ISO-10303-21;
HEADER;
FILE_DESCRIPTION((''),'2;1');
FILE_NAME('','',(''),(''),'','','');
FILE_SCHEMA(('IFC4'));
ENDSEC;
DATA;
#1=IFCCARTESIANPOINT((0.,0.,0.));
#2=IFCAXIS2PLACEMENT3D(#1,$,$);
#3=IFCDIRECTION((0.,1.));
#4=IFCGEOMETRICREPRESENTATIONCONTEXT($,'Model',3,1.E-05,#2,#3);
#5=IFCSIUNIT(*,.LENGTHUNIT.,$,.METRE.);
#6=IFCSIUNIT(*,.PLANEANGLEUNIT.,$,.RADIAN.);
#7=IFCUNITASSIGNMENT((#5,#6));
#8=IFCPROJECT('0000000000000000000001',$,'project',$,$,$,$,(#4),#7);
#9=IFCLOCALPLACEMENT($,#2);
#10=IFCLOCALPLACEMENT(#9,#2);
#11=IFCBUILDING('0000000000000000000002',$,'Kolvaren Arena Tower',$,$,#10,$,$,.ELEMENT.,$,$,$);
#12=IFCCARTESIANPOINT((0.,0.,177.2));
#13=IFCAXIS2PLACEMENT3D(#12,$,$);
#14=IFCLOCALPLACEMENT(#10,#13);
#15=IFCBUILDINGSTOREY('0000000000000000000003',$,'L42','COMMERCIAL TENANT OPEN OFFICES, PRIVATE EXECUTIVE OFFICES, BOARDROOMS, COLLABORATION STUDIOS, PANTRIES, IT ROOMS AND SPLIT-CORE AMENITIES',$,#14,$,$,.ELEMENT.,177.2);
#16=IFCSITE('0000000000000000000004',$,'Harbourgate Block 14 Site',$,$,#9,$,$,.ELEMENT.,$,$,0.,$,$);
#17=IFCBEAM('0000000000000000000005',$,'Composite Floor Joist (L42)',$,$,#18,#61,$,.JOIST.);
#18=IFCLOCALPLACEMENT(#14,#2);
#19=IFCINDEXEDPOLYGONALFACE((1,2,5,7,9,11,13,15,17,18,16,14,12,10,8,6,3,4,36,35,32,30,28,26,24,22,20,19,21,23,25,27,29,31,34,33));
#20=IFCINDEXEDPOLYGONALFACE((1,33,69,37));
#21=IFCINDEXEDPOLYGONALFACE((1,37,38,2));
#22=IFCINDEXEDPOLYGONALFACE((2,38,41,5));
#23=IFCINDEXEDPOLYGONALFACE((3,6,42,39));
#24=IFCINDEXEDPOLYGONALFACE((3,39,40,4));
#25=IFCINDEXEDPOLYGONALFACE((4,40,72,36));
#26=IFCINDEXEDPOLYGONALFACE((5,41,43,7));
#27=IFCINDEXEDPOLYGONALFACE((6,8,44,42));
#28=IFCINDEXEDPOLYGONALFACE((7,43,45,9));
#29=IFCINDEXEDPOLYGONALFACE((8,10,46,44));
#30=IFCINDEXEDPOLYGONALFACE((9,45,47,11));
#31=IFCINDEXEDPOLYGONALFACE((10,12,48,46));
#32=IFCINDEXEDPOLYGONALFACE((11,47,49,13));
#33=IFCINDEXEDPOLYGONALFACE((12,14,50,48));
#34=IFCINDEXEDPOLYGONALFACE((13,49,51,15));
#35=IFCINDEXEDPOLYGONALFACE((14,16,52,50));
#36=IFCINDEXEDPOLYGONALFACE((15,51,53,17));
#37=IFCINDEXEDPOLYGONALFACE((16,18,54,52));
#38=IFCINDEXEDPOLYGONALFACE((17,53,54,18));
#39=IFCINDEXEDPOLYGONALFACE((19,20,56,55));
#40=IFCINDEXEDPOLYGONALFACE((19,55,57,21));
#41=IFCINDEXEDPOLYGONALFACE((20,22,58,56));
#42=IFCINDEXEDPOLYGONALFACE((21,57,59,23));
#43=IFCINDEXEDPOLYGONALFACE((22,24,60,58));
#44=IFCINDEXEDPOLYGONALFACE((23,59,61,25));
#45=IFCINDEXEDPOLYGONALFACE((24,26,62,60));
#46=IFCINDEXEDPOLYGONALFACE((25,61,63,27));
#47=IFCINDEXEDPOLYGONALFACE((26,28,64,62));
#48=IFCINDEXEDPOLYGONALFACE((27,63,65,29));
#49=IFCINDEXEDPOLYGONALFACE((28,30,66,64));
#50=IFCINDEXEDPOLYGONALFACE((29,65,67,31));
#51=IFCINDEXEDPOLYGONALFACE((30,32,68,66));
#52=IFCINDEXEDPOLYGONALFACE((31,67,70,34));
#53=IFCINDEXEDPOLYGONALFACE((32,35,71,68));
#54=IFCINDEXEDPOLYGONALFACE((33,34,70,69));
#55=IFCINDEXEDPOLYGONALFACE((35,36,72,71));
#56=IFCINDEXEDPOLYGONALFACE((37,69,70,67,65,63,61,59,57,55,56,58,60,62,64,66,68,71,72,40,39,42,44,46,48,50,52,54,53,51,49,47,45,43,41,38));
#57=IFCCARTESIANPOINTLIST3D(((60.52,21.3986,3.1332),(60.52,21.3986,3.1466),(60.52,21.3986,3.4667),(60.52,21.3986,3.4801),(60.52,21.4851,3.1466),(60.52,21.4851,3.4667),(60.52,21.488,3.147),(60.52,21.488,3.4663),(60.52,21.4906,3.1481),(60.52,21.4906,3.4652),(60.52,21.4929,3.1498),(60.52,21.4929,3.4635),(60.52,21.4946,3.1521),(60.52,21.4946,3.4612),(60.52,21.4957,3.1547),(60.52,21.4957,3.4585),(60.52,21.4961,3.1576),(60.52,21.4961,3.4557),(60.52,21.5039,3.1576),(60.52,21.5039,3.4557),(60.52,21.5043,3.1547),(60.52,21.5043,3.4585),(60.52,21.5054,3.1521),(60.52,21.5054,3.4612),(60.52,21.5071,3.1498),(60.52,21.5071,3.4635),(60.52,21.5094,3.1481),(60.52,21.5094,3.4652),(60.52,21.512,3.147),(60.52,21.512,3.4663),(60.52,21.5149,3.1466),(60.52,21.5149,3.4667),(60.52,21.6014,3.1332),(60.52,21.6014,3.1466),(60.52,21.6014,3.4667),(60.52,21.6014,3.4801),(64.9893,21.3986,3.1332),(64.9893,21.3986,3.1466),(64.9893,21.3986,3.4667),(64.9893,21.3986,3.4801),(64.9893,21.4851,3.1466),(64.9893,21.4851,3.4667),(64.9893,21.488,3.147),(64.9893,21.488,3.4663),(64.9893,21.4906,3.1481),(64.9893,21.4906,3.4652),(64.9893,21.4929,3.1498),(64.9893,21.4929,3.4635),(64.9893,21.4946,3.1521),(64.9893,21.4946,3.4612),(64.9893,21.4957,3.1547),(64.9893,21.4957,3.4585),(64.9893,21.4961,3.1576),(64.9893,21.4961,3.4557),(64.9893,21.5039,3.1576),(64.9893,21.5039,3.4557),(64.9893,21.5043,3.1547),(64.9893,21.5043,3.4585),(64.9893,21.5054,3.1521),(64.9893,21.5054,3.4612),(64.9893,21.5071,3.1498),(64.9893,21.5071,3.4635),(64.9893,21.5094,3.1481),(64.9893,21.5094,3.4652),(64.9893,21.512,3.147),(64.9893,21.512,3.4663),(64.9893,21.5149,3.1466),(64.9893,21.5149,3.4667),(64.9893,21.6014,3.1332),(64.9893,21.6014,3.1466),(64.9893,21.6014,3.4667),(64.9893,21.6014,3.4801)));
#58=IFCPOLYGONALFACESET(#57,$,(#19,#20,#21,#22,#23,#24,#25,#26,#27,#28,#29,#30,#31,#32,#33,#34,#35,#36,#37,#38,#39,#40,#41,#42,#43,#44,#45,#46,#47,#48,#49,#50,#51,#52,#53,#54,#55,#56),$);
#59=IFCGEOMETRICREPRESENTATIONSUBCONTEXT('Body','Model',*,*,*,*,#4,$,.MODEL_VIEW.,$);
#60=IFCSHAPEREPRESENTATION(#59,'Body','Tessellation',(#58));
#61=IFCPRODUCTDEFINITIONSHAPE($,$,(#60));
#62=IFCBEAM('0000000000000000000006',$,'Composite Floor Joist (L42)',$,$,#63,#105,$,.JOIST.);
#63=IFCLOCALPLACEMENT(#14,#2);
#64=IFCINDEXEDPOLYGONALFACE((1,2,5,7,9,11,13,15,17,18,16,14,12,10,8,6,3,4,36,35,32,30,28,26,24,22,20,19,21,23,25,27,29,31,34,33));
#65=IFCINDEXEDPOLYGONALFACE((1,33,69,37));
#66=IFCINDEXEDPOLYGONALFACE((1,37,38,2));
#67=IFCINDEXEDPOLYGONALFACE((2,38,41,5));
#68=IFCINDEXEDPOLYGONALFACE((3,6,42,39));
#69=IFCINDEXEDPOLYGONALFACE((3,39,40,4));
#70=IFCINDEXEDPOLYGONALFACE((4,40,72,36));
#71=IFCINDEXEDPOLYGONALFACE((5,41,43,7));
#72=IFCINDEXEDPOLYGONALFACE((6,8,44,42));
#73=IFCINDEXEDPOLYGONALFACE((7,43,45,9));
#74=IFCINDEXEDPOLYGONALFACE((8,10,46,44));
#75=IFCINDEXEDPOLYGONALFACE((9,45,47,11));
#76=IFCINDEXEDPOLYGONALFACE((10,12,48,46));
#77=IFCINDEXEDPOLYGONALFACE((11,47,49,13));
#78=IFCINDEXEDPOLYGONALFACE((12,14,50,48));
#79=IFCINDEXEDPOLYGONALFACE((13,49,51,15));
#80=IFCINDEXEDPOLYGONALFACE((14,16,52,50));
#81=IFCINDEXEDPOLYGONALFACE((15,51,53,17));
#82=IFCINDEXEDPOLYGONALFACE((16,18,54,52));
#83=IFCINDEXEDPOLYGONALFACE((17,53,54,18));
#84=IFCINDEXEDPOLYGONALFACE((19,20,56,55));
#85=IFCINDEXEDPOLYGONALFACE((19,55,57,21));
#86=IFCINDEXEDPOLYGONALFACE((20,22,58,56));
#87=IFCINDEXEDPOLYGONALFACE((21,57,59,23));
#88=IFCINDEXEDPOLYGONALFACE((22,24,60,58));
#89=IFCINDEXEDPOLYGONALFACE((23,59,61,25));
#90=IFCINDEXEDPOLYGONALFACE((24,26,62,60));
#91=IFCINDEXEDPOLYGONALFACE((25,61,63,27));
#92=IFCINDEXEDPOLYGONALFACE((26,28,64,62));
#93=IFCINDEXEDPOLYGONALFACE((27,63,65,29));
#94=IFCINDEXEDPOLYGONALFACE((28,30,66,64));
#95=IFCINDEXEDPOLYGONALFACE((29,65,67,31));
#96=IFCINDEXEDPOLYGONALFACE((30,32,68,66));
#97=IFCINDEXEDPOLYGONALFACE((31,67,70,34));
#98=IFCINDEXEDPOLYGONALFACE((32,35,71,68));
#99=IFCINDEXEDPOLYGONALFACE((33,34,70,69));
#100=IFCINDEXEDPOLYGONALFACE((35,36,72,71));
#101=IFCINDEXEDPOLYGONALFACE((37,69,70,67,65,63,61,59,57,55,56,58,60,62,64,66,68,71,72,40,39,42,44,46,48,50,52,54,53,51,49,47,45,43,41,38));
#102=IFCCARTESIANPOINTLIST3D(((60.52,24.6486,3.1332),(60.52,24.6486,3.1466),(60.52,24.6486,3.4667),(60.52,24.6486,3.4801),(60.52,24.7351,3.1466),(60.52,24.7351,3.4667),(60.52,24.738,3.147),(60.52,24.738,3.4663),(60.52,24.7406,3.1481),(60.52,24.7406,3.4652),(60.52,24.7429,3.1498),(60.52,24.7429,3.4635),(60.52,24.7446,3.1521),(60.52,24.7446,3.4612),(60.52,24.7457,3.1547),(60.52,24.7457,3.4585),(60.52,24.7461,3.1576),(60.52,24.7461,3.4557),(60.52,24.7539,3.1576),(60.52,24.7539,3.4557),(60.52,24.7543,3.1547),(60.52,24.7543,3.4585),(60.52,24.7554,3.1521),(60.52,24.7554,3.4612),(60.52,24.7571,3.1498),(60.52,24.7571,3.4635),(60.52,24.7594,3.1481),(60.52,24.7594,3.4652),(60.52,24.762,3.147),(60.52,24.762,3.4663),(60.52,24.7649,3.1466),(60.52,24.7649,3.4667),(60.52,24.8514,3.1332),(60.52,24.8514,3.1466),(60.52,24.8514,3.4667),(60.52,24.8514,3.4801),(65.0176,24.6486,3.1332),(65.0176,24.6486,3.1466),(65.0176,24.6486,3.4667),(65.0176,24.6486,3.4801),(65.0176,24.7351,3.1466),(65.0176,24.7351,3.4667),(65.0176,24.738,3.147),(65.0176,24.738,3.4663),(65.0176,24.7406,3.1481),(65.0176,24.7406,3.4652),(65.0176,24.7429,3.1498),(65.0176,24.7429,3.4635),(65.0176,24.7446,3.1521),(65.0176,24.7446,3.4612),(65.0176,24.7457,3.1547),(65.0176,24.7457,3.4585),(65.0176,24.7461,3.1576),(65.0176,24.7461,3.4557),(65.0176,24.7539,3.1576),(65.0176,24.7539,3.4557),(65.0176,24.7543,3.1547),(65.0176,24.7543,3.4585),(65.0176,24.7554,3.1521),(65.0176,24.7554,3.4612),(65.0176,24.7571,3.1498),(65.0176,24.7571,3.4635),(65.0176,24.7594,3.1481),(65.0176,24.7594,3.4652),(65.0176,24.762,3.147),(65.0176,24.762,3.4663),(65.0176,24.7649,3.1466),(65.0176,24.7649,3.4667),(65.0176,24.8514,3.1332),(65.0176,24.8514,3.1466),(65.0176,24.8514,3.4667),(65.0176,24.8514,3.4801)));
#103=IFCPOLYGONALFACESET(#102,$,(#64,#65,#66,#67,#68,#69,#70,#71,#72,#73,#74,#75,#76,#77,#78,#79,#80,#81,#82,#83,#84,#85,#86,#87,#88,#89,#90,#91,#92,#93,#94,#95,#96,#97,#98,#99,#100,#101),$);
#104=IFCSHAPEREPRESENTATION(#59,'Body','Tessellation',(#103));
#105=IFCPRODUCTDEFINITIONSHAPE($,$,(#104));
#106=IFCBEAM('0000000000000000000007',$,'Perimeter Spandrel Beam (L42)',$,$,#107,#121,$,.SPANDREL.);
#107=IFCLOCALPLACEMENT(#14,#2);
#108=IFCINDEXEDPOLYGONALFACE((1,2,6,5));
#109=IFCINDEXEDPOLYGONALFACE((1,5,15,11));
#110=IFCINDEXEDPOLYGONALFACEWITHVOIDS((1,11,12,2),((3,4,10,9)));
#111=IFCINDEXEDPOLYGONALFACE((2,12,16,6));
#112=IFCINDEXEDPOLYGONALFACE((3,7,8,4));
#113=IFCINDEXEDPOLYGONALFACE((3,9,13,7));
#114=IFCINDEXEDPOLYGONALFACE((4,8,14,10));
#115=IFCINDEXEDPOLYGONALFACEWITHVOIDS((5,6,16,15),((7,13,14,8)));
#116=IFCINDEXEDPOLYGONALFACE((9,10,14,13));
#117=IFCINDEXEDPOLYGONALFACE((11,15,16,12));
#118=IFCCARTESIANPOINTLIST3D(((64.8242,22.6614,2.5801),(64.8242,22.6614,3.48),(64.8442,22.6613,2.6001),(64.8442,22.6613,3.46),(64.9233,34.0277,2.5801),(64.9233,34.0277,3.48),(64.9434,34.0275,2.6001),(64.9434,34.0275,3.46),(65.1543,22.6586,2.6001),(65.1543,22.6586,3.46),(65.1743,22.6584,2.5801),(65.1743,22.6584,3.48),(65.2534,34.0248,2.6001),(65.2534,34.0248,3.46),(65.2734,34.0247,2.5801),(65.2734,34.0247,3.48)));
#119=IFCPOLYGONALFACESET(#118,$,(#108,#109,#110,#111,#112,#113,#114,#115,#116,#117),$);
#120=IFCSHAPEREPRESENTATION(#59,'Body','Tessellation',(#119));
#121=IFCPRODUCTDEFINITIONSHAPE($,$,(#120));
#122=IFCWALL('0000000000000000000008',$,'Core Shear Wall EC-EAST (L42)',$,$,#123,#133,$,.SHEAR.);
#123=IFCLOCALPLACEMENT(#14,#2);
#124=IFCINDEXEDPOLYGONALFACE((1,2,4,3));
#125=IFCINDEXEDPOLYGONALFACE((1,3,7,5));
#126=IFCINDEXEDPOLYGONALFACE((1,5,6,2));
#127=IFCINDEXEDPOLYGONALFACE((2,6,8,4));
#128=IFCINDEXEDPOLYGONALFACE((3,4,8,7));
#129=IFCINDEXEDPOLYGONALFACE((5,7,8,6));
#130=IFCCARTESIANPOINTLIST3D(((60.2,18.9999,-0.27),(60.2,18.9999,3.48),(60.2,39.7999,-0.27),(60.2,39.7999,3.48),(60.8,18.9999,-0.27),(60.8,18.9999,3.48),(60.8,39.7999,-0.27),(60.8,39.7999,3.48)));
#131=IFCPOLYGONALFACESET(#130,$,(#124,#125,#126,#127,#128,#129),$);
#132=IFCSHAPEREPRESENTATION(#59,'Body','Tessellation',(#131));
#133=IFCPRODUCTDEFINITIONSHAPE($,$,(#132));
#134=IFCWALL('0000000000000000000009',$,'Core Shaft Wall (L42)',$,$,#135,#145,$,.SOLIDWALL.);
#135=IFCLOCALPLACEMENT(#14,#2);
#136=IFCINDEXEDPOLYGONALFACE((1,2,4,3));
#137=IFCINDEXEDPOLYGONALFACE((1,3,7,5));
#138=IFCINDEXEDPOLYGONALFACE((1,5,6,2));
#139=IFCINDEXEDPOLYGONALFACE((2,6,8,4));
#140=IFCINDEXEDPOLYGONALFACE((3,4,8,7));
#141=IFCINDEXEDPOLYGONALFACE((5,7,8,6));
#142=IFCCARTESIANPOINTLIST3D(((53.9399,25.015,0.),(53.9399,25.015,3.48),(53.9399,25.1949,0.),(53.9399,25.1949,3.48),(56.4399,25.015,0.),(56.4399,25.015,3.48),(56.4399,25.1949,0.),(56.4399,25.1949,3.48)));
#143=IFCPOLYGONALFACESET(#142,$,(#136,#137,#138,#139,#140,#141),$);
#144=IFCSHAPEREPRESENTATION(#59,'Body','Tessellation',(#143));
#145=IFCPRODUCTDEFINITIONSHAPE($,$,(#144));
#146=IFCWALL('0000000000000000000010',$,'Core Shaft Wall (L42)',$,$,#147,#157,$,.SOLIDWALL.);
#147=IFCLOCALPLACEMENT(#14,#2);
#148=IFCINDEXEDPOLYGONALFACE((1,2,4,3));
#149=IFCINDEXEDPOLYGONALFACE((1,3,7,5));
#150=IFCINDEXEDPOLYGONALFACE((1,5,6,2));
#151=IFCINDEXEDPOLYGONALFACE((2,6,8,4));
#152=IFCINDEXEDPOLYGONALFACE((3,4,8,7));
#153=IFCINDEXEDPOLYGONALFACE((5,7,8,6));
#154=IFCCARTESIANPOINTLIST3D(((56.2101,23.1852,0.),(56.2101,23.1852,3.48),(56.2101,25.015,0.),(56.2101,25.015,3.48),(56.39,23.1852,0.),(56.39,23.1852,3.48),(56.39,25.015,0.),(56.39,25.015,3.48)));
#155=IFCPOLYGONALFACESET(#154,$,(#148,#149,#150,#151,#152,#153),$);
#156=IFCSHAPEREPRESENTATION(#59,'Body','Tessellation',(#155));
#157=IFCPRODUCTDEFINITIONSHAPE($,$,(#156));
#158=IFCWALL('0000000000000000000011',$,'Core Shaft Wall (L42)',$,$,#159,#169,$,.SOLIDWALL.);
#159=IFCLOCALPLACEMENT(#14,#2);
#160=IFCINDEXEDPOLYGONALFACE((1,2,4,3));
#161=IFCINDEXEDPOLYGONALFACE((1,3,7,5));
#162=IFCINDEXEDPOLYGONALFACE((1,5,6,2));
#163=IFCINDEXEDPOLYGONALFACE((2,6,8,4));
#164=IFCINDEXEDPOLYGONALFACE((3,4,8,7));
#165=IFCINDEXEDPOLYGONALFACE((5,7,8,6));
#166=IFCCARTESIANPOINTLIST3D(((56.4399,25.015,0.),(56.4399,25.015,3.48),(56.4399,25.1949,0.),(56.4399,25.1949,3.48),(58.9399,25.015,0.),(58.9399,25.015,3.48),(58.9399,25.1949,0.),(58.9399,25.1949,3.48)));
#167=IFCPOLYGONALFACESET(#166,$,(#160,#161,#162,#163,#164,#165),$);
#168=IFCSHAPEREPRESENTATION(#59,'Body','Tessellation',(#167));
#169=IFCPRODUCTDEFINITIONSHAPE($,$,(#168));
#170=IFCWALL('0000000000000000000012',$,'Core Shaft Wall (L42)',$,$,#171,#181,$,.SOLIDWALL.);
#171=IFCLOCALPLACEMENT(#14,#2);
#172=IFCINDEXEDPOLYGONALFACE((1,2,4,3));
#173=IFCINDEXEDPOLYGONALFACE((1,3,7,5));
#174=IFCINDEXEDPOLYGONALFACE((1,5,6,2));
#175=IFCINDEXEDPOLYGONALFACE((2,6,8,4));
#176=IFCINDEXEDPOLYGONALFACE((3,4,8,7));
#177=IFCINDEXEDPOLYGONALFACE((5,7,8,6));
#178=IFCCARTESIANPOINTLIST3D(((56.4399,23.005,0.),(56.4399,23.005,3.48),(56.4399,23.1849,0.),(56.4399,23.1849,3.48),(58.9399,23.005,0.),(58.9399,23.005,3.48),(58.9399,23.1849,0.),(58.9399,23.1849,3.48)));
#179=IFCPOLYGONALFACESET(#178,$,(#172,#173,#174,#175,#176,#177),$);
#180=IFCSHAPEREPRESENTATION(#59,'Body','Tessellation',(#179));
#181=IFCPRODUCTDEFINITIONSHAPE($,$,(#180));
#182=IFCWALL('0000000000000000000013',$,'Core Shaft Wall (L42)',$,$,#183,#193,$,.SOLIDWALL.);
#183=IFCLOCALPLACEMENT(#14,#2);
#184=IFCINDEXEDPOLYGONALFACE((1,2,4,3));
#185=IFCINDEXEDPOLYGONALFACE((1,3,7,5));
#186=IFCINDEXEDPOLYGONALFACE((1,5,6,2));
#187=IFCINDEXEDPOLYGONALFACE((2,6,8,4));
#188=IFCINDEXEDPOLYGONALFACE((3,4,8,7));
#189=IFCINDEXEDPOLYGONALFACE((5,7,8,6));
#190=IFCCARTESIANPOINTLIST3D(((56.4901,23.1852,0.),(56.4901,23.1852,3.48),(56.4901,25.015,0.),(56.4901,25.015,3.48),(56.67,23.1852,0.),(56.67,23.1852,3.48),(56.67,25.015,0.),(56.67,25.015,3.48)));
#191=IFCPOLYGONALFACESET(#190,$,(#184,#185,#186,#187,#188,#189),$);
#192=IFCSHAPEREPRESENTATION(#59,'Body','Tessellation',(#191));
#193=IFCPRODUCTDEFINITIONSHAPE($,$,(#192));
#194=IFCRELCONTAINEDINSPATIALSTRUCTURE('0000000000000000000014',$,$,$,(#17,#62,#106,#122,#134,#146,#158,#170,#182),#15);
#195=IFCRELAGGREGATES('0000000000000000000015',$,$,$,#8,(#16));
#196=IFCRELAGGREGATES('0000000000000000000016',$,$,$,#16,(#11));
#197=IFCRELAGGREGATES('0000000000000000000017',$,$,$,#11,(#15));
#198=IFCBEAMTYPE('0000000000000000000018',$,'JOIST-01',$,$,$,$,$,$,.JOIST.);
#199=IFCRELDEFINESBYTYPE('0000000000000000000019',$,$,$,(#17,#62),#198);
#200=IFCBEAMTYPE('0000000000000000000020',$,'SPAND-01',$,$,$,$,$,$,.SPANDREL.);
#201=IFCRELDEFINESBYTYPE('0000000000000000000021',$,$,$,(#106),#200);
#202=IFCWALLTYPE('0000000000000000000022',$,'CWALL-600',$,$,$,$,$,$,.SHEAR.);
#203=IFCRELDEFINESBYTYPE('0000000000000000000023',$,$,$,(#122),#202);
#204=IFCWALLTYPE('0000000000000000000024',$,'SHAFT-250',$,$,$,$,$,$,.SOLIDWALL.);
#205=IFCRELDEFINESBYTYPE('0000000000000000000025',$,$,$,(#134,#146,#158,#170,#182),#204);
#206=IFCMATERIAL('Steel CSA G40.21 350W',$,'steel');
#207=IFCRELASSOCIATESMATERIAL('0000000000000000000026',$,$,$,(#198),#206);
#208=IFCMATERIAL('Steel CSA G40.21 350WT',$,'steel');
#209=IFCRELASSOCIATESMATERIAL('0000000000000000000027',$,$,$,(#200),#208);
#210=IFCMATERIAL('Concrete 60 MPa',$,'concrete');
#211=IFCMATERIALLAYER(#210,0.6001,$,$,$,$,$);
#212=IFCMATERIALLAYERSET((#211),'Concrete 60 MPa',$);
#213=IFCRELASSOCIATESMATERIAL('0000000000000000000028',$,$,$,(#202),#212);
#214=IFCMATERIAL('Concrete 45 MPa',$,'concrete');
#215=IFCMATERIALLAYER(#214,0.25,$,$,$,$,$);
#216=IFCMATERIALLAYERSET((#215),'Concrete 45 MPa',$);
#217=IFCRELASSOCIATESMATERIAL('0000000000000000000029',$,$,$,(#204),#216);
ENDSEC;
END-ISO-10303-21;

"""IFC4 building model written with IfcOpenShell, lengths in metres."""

from ifc_helpers import new_model, si_unit, direction, frame, frame_2d, origin, origin_2d, place, context, subcontext, project, spatial, rectangle, hollow_rectangle, i_section, extrude, material, layer, layer_set, material_profile, profile_set, type_object, element, save


model = new_model("IFC4")

# Units and contexts
model_context = context("Model", 3, precision=1e-05, world=origin(), true_north=direction((0.0, 1.0)))
body_context = subcontext(model_context, "Body", "Model", "MODEL_VIEW")
ifc_project = project(units=[si_unit("LENGTHUNIT", "METRE"), si_unit("PLANEANGLEUNIT", "RADIAN")], contexts=[model_context])

# Site, building, storey
site_placement = place(None, origin())
site = spatial("IfcSite", under=ifc_project, at=site_placement, Name="Harbourgate Block 14 Site", CompositionType="ELEMENT", RefElevation=0.0)
building_placement = place(site_placement, origin())
building = spatial("IfcBuilding", under=site, at=building_placement, Name="Kolvaren Arena Tower", CompositionType="ELEMENT")
storey_placement = place(building_placement, frame((0.0, 0.0, 177.2)))
storey = spatial("IfcBuildingStorey", under=building, at=storey_placement, Name="L42", Description="COMMERCIAL TENANT OPEN OFFICES, PRIVATE EXECUTIVE OFFICES, BOARDROOMS, COLLABORATION STUDIOS, PANTRIES, IT ROOMS AND SPLIT-CORE AMENITIES", CompositionType="ELEMENT", Elevation=177.2)

# Beams
ifc_material_1 = material(Name="Steel CSA G40.21 350W", Category="steel")
ifc_material_profile_1 = material_profile(ifc_material_1, i_section(OverallWidth=0.2029, OverallDepth=0.3469, WebThickness=0.0078, FlangeThickness=0.0134, FilletRadius=0.011, at=origin_2d()), Name="W360x64")
ifc_profile_set_1 = profile_set([ifc_material_profile_1], Name="Steel CSA G40.21 350W")
beam_type_1 = type_object("IfcBeamType", Name="JOIST-01", PredefinedType="JOIST", material=ifc_profile_set_1)
beam_1_placement = place(storey_placement, frame((60.52, 21.5, 3.3066), z_axis=(1.0, 0.0, 0.0), x_axis=(0.0, 1.0, 0.0)))
element("IfcBeam", 1, at=beam_1_placement, inside=storey, type_object=beam_type_1, Name="Composite Floor Joist (L42)", PredefinedType="JOIST", context=body_context, shape_type="SweptSolid", body=[
    extrude(i_section(OverallWidth=0.2029, OverallDepth=0.3469, WebThickness=0.0078, FlangeThickness=0.0134, FilletRadius=0.011, at=origin_2d()), origin(), (0.0, 0.0, 1.0), 4.4692),
])
beam_2_placement = place(storey_placement, frame((60.52, 24.75, 3.3066), z_axis=(1.0, 0.0, 0.0), x_axis=(0.0, 1.0, 0.0)))
element("IfcBeam", 2, at=beam_2_placement, inside=storey, type_object=beam_type_1, Name="Composite Floor Joist (L42)", PredefinedType="JOIST", context=body_context, shape_type="SweptSolid", body=[
    extrude(i_section(OverallWidth=0.2029, OverallDepth=0.3469, WebThickness=0.0078, FlangeThickness=0.0134, FilletRadius=0.011, at=origin_2d()), origin(), (0.0, 0.0, 1.0), 4.4976),
])
ifc_material_2 = material(Name="Steel CSA G40.21 350WT", Category="steel")
ifc_material_profile_2 = material_profile(ifc_material_2, hollow_rectangle(XDim=0.3501, YDim=0.8999, WallThickness=0.02, at=origin_2d()), Name="HSS 900x350x20")
ifc_profile_set_2 = profile_set([ifc_material_profile_2], Name="Steel CSA G40.21 350WT")
beam_type_2 = type_object("IfcBeamType", Name="SPAND-01", PredefinedType="SPANDREL", material=ifc_profile_set_2)
beam_3_placement = place(storey_placement, frame((64.9993, 22.6599, 3.03), z_axis=(0.00872, 0.999962, 0.0), x_axis=(-0.999962, 0.00872, 0.0)))
element("IfcBeam", 3, at=beam_3_placement, inside=storey, type_object=beam_type_2, Name="Perimeter Spandrel Beam (L42)", PredefinedType="SPANDREL", context=body_context, shape_type="SweptSolid", body=[
    extrude(hollow_rectangle(XDim=0.3501, YDim=0.8999, WallThickness=0.02, at=origin_2d()), origin(), (0.0, 0.0, 1.0), 11.3667),
])

# Walls
ifc_material_3 = material(Name="Concrete 60 MPa", Category="concrete")
ifc_layer_1 = layer(ifc_material_3, 0.6001)
ifc_layer_set_1 = layer_set([ifc_layer_1], Name="Concrete 60 MPa")
wall_type_1 = type_object("IfcWallType", Name="CWALL-600", PredefinedType="SHEAR", material=ifc_layer_set_1)
wall_1_placement = place(storey_placement, frame((60.5, 19.0, -0.27), z_axis=(0.0, 0.0, 1.0), x_axis=(0.0, 1.0, 0.0)))
element("IfcWall", 4, at=wall_1_placement, inside=storey, type_object=wall_type_1, Name="Core Shear Wall EC-EAST (L42)", PredefinedType="SHEAR", context=body_context, shape_type="SweptSolid", body=[
    extrude(rectangle(XDim=20.8, YDim=0.6001, at=frame_2d((10.3999, 0.0))), origin(), (0.0, 0.0, 1.0), 3.75),
])
ifc_material_4 = material(Name="Concrete 45 MPa", Category="concrete")
ifc_layer_2 = layer(ifc_material_4, 0.25)
ifc_layer_set_2 = layer_set([ifc_layer_2], Name="Concrete 45 MPa")
wall_type_2 = type_object("IfcWallType", Name="SHAFT-250", PredefinedType="SOLIDWALL", material=ifc_layer_set_2)
wall_2_placement = place(storey_placement, frame((53.9399, 25.105, 0.0), z_axis=(0.0, 0.0, 1.0), x_axis=(1.0, 0.0, 0.0)))
element("IfcWall", 5, at=wall_2_placement, inside=storey, type_object=wall_type_2, Name="Core Shaft Wall (L42)", PredefinedType="SOLIDWALL", context=body_context, shape_type="SweptSolid", body=[
    extrude(rectangle(XDim=2.5, YDim=0.1799, at=frame_2d((1.25, 0.0))), origin(), (0.0, 0.0, 1.0), 3.48),
])
wall_3_placement = place(storey_placement, frame((56.3, 23.1851, 0.0), z_axis=(0.0, 0.0, 1.0), x_axis=(0.0, 1.0, 0.0)))
element("IfcWall", 6, at=wall_3_placement, inside=storey, type_object=wall_type_2, Name="Core Shaft Wall (L42)", PredefinedType="SOLIDWALL", context=body_context, shape_type="SweptSolid", body=[
    extrude(rectangle(XDim=1.8298, YDim=0.1799, at=frame_2d((0.915, 0.0))), origin(), (0.0, 0.0, 1.0), 3.48),
])
for number, where, z_axis, x_axis, name in (
    (7, (56.4399, 25.105, 0.0), (0.0, 0.0, 1.0), (1.0, 0.0, 0.0), "Core Shaft Wall (L42)"),
    (8, (56.4399, 23.095, 0.0), (0.0, 0.0, 1.0), (1.0, 0.0, 0.0), "Core Shaft Wall (L42)"),
):
    element("IfcWall", number, at=place(storey_placement, frame(where, z_axis=z_axis, x_axis=x_axis)), inside=storey, type_object=wall_type_2, Name=name, PredefinedType="SOLIDWALL", context=body_context, shape_type="SweptSolid", body=[
        extrude(rectangle(XDim=2.5, YDim=0.1799, at=frame_2d((1.25, 0.0))), origin(), (0.0, 0.0, 1.0), 3.48),
    ])
for number, where, z_axis, x_axis, name in (
    (9, (56.5801, 23.1851, 0.0), (0.0, 0.0, 1.0), (0.0, 1.0, 0.0), "Core Shaft Wall (L42)"),
):
    element("IfcWall", number, at=place(storey_placement, frame(where, z_axis=z_axis, x_axis=x_axis)), inside=storey, type_object=wall_type_2, Name=name, PredefinedType="SOLIDWALL", context=body_context, shape_type="SweptSolid", body=[
        extrude(rectangle(XDim=1.8298, YDim=0.1799, at=frame_2d((0.915, 0.0))), origin(), (0.0, 0.0, 1.0), 3.48),
    ])

save(model, "model.ifc")
